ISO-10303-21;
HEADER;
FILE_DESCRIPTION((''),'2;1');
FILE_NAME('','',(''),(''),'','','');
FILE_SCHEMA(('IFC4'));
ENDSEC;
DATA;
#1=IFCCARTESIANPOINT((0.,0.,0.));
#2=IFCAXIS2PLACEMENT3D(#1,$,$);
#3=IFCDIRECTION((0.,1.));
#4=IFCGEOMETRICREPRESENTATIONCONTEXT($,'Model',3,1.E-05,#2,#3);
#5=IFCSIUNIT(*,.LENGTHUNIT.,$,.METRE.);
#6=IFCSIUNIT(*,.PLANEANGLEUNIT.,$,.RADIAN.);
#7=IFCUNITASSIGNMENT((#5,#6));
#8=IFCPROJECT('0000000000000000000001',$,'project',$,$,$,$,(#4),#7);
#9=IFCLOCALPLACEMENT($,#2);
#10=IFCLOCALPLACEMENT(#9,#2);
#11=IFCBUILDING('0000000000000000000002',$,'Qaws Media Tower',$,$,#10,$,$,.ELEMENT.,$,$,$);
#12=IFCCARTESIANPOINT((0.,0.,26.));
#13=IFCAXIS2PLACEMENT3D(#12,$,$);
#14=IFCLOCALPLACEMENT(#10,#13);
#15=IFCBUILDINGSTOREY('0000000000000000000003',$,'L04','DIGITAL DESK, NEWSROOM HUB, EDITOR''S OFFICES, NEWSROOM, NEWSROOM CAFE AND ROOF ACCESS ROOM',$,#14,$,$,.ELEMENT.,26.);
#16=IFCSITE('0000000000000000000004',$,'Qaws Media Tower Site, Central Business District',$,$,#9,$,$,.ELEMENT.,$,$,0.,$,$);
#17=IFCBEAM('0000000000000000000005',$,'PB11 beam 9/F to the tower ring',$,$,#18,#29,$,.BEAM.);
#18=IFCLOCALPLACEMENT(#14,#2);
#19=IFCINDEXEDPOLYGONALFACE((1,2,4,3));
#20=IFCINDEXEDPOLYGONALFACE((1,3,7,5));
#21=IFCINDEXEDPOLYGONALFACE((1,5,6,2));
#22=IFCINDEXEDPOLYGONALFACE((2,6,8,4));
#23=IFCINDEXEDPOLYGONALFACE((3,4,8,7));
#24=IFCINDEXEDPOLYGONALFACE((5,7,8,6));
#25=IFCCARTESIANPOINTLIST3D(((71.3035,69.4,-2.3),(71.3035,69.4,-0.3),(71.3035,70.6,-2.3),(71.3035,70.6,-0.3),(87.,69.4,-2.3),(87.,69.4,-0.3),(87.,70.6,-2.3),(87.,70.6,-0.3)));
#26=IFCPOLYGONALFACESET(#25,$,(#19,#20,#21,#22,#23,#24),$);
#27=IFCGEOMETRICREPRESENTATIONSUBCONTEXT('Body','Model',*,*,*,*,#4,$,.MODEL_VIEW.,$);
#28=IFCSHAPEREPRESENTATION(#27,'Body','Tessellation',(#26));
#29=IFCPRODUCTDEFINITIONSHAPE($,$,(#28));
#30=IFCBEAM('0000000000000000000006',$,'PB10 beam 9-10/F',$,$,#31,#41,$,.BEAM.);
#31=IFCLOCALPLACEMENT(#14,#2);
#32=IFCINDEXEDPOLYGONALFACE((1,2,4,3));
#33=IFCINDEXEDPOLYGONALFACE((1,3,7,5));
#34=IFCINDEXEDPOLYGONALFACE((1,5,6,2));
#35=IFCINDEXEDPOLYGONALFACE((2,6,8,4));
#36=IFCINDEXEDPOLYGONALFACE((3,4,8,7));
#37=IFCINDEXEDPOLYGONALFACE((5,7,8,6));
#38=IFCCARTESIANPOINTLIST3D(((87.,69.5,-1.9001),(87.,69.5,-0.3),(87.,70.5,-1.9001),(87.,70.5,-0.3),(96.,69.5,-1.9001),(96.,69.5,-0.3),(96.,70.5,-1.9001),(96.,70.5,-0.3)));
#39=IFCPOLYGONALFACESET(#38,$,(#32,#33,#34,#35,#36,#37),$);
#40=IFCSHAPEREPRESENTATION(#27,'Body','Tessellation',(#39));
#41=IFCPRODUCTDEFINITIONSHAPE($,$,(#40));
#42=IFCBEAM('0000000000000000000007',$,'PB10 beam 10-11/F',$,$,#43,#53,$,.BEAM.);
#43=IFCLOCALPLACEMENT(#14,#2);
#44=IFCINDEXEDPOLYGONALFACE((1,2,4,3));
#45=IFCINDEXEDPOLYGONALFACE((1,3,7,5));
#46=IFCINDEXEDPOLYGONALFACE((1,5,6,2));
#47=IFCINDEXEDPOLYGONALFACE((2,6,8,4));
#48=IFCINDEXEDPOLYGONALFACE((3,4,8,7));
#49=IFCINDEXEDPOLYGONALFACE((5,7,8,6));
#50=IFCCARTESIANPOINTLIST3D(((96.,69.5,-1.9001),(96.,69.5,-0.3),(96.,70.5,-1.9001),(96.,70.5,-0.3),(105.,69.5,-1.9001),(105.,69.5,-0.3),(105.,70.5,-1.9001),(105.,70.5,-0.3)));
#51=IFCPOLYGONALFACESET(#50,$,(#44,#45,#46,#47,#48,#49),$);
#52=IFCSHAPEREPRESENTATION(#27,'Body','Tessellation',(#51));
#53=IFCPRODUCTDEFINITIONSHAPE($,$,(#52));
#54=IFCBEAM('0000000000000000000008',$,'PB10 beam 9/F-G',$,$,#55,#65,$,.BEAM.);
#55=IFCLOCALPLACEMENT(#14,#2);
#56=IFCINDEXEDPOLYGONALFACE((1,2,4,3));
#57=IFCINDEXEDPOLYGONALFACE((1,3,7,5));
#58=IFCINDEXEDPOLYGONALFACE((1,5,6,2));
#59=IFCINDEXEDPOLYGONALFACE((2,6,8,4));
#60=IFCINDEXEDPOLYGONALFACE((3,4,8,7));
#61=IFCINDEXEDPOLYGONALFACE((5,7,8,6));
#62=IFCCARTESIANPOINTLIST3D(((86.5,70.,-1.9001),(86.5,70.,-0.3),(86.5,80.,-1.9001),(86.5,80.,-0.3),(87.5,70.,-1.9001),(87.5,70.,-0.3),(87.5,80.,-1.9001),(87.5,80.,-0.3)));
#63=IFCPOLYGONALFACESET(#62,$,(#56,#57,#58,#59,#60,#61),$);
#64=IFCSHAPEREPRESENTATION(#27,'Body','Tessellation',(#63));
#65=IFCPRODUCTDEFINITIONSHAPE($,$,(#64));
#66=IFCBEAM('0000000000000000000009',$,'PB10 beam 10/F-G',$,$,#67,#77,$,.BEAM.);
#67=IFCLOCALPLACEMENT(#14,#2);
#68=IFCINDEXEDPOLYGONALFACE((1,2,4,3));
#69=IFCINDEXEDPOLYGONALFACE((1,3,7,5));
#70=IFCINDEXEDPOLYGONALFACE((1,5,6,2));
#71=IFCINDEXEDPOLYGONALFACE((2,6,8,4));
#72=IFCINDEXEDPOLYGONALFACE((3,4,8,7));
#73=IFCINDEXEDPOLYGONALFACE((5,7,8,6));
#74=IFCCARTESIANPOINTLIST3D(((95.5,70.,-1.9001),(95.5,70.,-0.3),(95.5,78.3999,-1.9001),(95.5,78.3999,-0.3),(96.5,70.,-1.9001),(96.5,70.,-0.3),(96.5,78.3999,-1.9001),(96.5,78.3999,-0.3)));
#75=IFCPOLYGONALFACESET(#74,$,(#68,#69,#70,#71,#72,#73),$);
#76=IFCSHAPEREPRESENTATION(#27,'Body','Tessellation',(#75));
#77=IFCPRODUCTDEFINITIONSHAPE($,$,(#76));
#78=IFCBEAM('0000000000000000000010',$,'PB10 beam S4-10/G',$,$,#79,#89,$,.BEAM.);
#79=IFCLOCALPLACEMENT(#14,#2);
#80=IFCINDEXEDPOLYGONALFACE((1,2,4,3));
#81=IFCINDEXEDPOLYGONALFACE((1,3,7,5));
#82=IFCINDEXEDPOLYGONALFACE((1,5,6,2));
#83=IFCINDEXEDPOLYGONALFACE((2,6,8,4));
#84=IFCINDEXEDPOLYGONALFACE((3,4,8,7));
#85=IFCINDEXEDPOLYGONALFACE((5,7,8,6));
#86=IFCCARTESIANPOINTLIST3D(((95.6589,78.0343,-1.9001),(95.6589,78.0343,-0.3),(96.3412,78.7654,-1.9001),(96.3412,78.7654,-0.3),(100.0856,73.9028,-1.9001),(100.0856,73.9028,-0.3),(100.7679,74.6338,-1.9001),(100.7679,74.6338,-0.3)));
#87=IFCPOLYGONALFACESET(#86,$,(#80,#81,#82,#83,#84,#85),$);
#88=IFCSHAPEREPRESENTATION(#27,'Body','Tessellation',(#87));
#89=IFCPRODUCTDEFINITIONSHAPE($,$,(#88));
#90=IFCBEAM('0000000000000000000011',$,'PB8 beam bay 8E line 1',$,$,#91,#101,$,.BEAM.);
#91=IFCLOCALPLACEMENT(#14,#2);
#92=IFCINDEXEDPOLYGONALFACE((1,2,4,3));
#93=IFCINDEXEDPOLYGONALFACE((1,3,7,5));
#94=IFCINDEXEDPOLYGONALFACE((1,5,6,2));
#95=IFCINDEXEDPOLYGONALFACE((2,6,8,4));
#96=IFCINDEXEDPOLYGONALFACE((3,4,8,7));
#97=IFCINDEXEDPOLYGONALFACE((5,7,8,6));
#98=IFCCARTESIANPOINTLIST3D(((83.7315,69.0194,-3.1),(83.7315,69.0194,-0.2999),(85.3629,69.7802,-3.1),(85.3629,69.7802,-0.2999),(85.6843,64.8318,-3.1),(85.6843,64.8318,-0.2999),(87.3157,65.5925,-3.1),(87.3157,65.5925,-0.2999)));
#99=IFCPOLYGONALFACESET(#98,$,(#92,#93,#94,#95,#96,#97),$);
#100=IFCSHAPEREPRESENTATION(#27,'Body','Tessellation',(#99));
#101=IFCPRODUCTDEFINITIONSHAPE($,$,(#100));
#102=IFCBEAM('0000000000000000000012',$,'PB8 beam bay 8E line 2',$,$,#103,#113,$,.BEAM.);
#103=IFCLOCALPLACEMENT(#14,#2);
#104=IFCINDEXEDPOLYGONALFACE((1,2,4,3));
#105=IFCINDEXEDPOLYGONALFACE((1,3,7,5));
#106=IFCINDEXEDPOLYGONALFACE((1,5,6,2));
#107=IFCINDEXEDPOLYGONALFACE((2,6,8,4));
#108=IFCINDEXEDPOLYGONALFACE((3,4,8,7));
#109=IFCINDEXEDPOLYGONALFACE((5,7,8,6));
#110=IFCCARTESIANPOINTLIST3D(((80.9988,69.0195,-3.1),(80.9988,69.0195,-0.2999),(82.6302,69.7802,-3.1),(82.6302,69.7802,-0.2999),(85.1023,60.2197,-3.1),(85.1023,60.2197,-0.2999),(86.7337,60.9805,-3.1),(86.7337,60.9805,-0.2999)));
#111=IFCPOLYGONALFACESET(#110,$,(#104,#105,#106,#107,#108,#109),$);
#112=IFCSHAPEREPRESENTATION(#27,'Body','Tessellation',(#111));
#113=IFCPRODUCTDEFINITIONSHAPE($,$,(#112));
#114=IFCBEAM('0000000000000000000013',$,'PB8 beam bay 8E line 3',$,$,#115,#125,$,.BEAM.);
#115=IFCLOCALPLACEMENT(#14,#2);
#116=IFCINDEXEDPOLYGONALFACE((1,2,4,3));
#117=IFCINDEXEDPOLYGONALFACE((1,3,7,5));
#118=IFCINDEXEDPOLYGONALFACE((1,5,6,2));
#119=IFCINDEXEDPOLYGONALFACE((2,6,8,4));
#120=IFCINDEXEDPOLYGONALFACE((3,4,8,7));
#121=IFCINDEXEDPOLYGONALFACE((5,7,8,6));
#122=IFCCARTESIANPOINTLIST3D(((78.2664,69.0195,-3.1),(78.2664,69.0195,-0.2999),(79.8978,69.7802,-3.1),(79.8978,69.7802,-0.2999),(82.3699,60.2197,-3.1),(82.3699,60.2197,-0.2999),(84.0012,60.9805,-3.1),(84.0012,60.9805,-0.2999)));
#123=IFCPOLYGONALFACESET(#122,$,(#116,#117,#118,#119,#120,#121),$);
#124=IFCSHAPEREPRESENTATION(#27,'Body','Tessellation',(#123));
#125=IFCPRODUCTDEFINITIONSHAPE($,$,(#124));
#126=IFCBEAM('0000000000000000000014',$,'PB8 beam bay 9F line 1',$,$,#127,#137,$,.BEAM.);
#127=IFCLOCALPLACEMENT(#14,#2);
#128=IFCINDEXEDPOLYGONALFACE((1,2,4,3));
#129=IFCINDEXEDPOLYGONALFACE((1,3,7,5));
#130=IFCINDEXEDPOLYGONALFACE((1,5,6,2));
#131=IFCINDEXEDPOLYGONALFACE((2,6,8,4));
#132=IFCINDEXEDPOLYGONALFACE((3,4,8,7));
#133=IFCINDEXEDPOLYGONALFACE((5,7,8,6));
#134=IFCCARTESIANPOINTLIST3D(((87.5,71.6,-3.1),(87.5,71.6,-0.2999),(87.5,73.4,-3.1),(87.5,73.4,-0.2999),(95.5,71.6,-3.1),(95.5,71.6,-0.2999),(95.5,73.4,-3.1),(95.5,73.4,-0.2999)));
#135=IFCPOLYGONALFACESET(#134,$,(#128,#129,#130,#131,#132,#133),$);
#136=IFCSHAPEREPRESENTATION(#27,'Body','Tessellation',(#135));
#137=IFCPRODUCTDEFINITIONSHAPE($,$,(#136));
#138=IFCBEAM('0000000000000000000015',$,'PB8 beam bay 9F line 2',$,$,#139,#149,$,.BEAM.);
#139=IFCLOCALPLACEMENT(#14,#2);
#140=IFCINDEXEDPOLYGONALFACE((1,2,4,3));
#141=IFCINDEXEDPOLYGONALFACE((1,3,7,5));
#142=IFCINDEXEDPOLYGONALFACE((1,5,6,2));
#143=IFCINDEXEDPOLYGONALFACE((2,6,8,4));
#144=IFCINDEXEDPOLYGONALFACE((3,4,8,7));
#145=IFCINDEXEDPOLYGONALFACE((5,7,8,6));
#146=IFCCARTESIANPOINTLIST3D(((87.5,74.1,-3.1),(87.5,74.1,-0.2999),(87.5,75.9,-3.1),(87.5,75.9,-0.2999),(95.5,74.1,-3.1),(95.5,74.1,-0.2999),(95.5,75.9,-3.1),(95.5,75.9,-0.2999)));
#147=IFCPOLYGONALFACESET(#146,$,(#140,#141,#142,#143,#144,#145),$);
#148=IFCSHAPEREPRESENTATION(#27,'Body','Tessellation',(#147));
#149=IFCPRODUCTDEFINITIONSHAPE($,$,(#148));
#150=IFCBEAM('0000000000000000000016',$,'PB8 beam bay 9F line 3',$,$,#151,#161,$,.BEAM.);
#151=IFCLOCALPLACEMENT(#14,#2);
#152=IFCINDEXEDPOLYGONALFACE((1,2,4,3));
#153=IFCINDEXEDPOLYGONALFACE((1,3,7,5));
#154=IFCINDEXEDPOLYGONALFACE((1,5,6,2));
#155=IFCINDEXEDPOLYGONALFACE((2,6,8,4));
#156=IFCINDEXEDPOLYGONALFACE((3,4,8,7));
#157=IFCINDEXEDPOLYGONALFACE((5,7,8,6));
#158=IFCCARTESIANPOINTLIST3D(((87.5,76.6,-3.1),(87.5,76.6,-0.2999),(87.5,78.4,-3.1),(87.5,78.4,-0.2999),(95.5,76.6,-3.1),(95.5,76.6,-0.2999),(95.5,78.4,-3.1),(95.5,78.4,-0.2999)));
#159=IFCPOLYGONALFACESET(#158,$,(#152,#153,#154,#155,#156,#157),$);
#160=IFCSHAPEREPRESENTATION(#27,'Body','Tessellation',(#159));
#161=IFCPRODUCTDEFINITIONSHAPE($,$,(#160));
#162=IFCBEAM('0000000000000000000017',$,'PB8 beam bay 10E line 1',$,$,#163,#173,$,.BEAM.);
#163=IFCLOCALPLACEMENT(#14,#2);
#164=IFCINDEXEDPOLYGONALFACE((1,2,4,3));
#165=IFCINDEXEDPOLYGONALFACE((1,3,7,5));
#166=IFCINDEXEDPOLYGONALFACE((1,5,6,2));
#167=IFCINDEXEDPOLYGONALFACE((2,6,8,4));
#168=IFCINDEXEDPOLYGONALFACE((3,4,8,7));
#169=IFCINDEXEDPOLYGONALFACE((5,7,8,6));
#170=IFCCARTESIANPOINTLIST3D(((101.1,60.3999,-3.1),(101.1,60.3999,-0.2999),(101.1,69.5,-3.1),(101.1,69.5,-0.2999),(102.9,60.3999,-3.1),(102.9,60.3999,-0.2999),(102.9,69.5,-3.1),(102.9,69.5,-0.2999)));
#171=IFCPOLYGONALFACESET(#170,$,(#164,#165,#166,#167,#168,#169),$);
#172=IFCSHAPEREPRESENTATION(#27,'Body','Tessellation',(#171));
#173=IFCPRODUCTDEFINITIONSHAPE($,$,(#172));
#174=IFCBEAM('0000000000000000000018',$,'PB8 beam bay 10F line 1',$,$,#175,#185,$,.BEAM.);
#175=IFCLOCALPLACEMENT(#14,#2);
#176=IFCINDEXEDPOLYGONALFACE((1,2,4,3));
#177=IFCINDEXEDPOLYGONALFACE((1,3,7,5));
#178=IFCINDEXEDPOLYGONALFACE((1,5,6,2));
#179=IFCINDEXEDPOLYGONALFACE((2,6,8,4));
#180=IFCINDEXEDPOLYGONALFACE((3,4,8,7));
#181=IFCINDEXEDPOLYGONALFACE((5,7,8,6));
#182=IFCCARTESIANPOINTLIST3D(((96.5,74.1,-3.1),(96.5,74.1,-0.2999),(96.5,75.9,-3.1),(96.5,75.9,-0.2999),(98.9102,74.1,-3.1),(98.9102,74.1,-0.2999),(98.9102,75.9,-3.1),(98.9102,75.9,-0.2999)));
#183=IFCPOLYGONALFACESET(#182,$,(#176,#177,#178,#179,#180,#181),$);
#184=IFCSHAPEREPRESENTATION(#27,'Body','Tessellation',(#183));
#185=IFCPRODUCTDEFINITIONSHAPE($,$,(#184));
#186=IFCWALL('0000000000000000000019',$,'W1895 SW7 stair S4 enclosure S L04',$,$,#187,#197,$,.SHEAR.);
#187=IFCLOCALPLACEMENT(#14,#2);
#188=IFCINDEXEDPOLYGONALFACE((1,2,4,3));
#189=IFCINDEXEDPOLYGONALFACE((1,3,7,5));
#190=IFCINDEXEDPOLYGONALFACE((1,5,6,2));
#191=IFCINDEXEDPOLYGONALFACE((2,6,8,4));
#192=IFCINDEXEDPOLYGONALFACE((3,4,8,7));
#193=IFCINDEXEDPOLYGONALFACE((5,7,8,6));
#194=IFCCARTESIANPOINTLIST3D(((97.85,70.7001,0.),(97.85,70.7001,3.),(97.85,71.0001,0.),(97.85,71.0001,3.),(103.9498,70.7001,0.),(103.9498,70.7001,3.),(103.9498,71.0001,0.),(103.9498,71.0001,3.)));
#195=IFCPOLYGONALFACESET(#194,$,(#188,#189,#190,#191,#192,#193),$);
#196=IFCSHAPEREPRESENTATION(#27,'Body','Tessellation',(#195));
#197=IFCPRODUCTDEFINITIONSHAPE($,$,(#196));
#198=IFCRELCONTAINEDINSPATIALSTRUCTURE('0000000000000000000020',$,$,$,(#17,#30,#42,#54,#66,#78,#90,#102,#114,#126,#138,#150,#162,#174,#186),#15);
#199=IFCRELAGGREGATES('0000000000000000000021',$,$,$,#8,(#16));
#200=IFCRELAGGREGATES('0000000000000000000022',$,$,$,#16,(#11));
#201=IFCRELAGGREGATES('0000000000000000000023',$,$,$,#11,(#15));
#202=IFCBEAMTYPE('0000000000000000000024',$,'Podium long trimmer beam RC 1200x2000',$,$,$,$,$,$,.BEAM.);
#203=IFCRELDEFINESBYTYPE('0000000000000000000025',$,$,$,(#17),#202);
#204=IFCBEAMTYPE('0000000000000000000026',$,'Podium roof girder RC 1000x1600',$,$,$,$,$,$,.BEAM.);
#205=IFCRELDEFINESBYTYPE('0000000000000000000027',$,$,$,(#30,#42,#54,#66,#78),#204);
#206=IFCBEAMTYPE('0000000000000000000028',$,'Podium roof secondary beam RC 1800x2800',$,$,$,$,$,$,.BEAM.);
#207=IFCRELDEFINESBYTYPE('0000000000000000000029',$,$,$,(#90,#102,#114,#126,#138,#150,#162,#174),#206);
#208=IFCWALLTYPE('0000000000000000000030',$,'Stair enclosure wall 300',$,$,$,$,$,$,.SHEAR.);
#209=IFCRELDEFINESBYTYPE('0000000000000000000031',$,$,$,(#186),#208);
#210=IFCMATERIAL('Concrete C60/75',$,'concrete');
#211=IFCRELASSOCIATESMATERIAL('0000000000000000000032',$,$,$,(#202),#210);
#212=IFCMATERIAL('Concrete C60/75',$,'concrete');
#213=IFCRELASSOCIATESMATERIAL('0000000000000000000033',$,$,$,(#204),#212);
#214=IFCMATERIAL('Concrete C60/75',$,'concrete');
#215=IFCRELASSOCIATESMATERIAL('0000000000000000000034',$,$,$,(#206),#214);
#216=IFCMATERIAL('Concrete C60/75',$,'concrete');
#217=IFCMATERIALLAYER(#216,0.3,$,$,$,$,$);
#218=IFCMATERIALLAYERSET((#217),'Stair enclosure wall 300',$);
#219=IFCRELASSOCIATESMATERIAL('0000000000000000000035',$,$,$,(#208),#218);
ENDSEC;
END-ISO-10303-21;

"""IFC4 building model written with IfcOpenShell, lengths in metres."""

from ifc_helpers import new_model, si_unit, direction, frame, frame_2d, origin, origin_2d, place, context, subcontext, project, spatial, rectangle, extrude, material, layer, layer_set, material_profile, profile_set, type_object, element, save


model = new_model("IFC4")

# Units and contexts
model_context = context("Model", 3, precision=1e-05, world=origin(), true_north=direction((0.0, 1.0)))
body_context = subcontext(model_context, "Body", "Model", "MODEL_VIEW")
ifc_project = project(units=[si_unit("LENGTHUNIT", "METRE"), si_unit("PLANEANGLEUNIT", "RADIAN")], contexts=[model_context])

# Site, building, storey
site_placement = place(None, origin())
site = spatial("IfcSite", under=ifc_project, at=site_placement, Name="Qaws Media Tower Site, Central Business District", CompositionType="ELEMENT", RefElevation=0.0)
building_placement = place(site_placement, origin())
building = spatial("IfcBuilding", under=site, at=building_placement, Name="Qaws Media Tower", CompositionType="ELEMENT")
storey_placement = place(building_placement, frame((0.0, 0.0, 26.0)))
storey = spatial("IfcBuildingStorey", under=building, at=storey_placement, Name="L04", Description="DIGITAL DESK, NEWSROOM HUB, EDITOR'S OFFICES, NEWSROOM, NEWSROOM CAFE AND ROOF ACCESS ROOM", CompositionType="ELEMENT", Elevation=26.0)

# Beams
ifc_material_1 = material(Name="Concrete C60/75", Category="concrete")
ifc_material_profile_1 = material_profile(ifc_material_1, rectangle(XDim=1.2, YDim=2.0, at=origin_2d()), Name="RC 1200x2000")
ifc_profile_set_1 = profile_set([ifc_material_profile_1], Name="Concrete C60/75")
beam_type_1 = type_object("IfcBeamType", Name="Podium long trimmer beam RC 1200x2000", PredefinedType="BEAM", material=ifc_profile_set_1)
beam_1_placement = place(storey_placement, frame((87.0, 70.0, -1.3), z_axis=(-1.0, 0.0, 0.0), x_axis=(0.0, -1.0, 0.0)))
element("IfcBeam", 1, at=beam_1_placement, inside=storey, type_object=beam_type_1, Name="PB11 beam 9/F to the tower ring", PredefinedType="BEAM", context=body_context, shape_type="SweptSolid", body=[
    extrude(rectangle(XDim=1.2, YDim=2.0, at=origin_2d()), origin(), (0.0, 0.0, 1.0), 15.6965),
])
ifc_material_2 = material(Name="Concrete C60/75", Category="concrete")
ifc_material_profile_2 = material_profile(ifc_material_2, rectangle(XDim=1.0, YDim=1.6001, at=origin_2d()), Name="RC 1000x1600")
ifc_profile_set_2 = profile_set([ifc_material_profile_2], Name="Concrete C60/75")
beam_type_2 = type_object("IfcBeamType", Name="Podium roof girder RC 1000x1600", PredefinedType="BEAM", material=ifc_profile_set_2)
for number, where, z_axis, x_axis, name in (
    (2, (87.0, 70.0, -1.1001), (1.0, 0.0, 0.0), (0.0, 1.0, 0.0), "PB10 beam 9-10/F"),
    (3, (96.0, 70.0, -1.1001), (1.0, 0.0, 0.0), (0.0, 1.0, 0.0), "PB10 beam 10-11/F"),
):
    element("IfcBeam", number, at=place(storey_placement, frame(where, z_axis=z_axis, x_axis=x_axis)), inside=storey, type_object=beam_type_2, Name=name, PredefinedType="BEAM", context=body_context, shape_type="SweptSolid", body=[
        extrude(rectangle(XDim=1.0, YDim=1.6001, at=origin_2d()), origin(), (0.0, 0.0, 1.0), 9.0),
    ])
beam_2_placement = place(storey_placement, frame((87.0, 70.0, -1.1001), z_axis=(0.0, 1.0, 0.0), x_axis=(-1.0, 0.0, 0.0)))
element("IfcBeam", 4, at=beam_2_placement, inside=storey, type_object=beam_type_2, Name="PB10 beam 9/F-G", PredefinedType="BEAM", context=body_context, shape_type="SweptSolid", body=[
    extrude(rectangle(XDim=1.0, YDim=1.6001, at=origin_2d()), origin(), (0.0, 0.0, 1.0), 10.0),
])
beam_3_placement = place(storey_placement, frame((96.0, 70.0, -1.1001), z_axis=(0.0, 1.0, 0.0), x_axis=(-1.0, 0.0, 0.0)))
element("IfcBeam", 5, at=beam_3_placement, inside=storey, type_object=beam_type_2, Name="PB10 beam 10/F-G", PredefinedType="BEAM", context=body_context, shape_type="SweptSolid", body=[
    extrude(rectangle(XDim=1.0, YDim=1.6001, at=origin_2d()), origin(), (0.0, 0.0, 1.0), 8.3999),
])
beam_4_placement = place(storey_placement, frame((100.4268, 74.2683, -1.1001), z_axis=(-0.731059, 0.682314, 0.0), x_axis=(-0.682314, -0.731059, 0.0)))
element("IfcBeam", 6, at=beam_4_placement, inside=storey, type_object=beam_type_2, Name="PB10 beam S4-10/G", PredefinedType="BEAM", context=body_context, shape_type="SweptSolid", body=[
    extrude(rectangle(XDim=1.0, YDim=1.6001, at=origin_2d()), origin(), (0.0, 0.0, 1.0), 6.0552),
])
ifc_material_3 = material(Name="Concrete C60/75", Category="concrete")
ifc_material_profile_3 = material_profile(ifc_material_3, rectangle(XDim=1.8, YDim=2.8, at=origin_2d()), Name="RC 1800x2800")
ifc_profile_set_3 = profile_set([ifc_material_profile_3], Name="Concrete C60/75")
beam_type_3 = type_object("IfcBeamType", Name="Podium roof secondary beam RC 1800x2800", PredefinedType="BEAM", material=ifc_profile_set_3)
beam_5_placement = place(storey_placement, frame((86.5, 65.2122, -1.7), z_axis=(-0.422637, 0.906299, 0.0), x_axis=(-0.906299, -0.422637, 0.0)))
element("IfcBeam", 7, at=beam_5_placement, inside=storey, type_object=beam_type_3, Name="PB8 beam bay 8E line 1", PredefinedType="BEAM", context=body_context, shape_type="SweptSolid", body=[
    extrude(rectangle(XDim=1.8, YDim=2.8, at=origin_2d()), origin(), (0.0, 0.0, 1.0), 4.6206),
])
for number, where, z_axis, x_axis, name in (
    (8, (85.918, 60.6001, -1.7), (-0.422627, 0.906304, 0.0), (-0.906304, -0.422627, 0.0), "PB8 beam bay 8E line 2"),
    (9, (83.1855, 60.6001, -1.7), (-0.422627, 0.906304, 0.0), (-0.906304, -0.422627, 0.0), "PB8 beam bay 8E line 3"),
):
    element("IfcBeam", number, at=place(storey_placement, frame(where, z_axis=z_axis, x_axis=x_axis)), inside=storey, type_object=beam_type_3, Name=name, PredefinedType="BEAM", context=body_context, shape_type="SweptSolid", body=[
        extrude(rectangle(XDim=1.8, YDim=2.8, at=origin_2d()), origin(), (0.0, 0.0, 1.0), 9.7095),
    ])
for number, where, z_axis, x_axis, name in (
    (10, (87.5, 72.5, -1.7), (1.0, 0.0, 0.0), (0.0, 1.0, 0.0), "PB8 beam bay 9F line 1"),
    (11, (87.5, 75.0, -1.7), (1.0, 0.0, 0.0), (0.0, 1.0, 0.0), "PB8 beam bay 9F line 2"),
    (12, (87.5, 77.5, -1.7), (1.0, 0.0, 0.0), (0.0, 1.0, 0.0), "PB8 beam bay 9F line 3"),
):
    element("IfcBeam", number, at=place(storey_placement, frame(where, z_axis=z_axis, x_axis=x_axis)), inside=storey, type_object=beam_type_3, Name=name, PredefinedType="BEAM", context=body_context, shape_type="SweptSolid", body=[
        extrude(rectangle(XDim=1.8, YDim=2.8, at=origin_2d()), origin(), (0.0, 0.0, 1.0), 8.0),
    ])
beam_6_placement = place(storey_placement, frame((102.0, 60.3999, -1.7), z_axis=(0.0, 1.0, 0.0), x_axis=(-1.0, 0.0, 0.0)))
element("IfcBeam", 13, at=beam_6_placement, inside=storey, type_object=beam_type_3, Name="PB8 beam bay 10E line 1", PredefinedType="BEAM", context=body_context, shape_type="SweptSolid", body=[
    extrude(rectangle(XDim=1.8, YDim=2.8, at=origin_2d()), origin(), (0.0, 0.0, 1.0), 9.1001),
])
beam_7_placement = place(storey_placement, frame((96.5, 75.0, -1.7), z_axis=(1.0, 0.0, 0.0), x_axis=(0.0, 1.0, 0.0)))
element("IfcBeam", 14, at=beam_7_placement, inside=storey, type_object=beam_type_3, Name="PB8 beam bay 10F line 1", PredefinedType="BEAM", context=body_context, shape_type="SweptSolid", body=[
    extrude(rectangle(XDim=1.8, YDim=2.8, at=origin_2d()), origin(), (0.0, 0.0, 1.0), 2.4102),
])

# Wall
ifc_material_4 = material(Name="Concrete C60/75", Category="concrete")
ifc_layer_1 = layer(ifc_material_4, 0.3)
ifc_layer_set_1 = layer_set([ifc_layer_1], Name="Stair enclosure wall 300")
wall_type = type_object("IfcWallType", Name="Stair enclosure wall 300", PredefinedType="SHEAR", material=ifc_layer_set_1)
for number, where, z_axis, x_axis, name in (
    (15, (97.8501, 70.8501, 0.0), (0.0, 0.0, 1.0), (1.0, 0.0, 0.0), "W1895 SW7 stair S4 enclosure S L04"),
):
    element("IfcWall", number, at=place(storey_placement, frame(where, z_axis=z_axis, x_axis=x_axis)), inside=storey, type_object=wall_type, Name=name, PredefinedType="SHEAR", context=body_context, shape_type="SweptSolid", body=[
        extrude(rectangle(XDim=6.0999, YDim=0.3, at=frame_2d((3.0498, 0.0))), origin(), (0.0, 0.0, 1.0), 3.0),
    ])

save(model, "model.ifc")
